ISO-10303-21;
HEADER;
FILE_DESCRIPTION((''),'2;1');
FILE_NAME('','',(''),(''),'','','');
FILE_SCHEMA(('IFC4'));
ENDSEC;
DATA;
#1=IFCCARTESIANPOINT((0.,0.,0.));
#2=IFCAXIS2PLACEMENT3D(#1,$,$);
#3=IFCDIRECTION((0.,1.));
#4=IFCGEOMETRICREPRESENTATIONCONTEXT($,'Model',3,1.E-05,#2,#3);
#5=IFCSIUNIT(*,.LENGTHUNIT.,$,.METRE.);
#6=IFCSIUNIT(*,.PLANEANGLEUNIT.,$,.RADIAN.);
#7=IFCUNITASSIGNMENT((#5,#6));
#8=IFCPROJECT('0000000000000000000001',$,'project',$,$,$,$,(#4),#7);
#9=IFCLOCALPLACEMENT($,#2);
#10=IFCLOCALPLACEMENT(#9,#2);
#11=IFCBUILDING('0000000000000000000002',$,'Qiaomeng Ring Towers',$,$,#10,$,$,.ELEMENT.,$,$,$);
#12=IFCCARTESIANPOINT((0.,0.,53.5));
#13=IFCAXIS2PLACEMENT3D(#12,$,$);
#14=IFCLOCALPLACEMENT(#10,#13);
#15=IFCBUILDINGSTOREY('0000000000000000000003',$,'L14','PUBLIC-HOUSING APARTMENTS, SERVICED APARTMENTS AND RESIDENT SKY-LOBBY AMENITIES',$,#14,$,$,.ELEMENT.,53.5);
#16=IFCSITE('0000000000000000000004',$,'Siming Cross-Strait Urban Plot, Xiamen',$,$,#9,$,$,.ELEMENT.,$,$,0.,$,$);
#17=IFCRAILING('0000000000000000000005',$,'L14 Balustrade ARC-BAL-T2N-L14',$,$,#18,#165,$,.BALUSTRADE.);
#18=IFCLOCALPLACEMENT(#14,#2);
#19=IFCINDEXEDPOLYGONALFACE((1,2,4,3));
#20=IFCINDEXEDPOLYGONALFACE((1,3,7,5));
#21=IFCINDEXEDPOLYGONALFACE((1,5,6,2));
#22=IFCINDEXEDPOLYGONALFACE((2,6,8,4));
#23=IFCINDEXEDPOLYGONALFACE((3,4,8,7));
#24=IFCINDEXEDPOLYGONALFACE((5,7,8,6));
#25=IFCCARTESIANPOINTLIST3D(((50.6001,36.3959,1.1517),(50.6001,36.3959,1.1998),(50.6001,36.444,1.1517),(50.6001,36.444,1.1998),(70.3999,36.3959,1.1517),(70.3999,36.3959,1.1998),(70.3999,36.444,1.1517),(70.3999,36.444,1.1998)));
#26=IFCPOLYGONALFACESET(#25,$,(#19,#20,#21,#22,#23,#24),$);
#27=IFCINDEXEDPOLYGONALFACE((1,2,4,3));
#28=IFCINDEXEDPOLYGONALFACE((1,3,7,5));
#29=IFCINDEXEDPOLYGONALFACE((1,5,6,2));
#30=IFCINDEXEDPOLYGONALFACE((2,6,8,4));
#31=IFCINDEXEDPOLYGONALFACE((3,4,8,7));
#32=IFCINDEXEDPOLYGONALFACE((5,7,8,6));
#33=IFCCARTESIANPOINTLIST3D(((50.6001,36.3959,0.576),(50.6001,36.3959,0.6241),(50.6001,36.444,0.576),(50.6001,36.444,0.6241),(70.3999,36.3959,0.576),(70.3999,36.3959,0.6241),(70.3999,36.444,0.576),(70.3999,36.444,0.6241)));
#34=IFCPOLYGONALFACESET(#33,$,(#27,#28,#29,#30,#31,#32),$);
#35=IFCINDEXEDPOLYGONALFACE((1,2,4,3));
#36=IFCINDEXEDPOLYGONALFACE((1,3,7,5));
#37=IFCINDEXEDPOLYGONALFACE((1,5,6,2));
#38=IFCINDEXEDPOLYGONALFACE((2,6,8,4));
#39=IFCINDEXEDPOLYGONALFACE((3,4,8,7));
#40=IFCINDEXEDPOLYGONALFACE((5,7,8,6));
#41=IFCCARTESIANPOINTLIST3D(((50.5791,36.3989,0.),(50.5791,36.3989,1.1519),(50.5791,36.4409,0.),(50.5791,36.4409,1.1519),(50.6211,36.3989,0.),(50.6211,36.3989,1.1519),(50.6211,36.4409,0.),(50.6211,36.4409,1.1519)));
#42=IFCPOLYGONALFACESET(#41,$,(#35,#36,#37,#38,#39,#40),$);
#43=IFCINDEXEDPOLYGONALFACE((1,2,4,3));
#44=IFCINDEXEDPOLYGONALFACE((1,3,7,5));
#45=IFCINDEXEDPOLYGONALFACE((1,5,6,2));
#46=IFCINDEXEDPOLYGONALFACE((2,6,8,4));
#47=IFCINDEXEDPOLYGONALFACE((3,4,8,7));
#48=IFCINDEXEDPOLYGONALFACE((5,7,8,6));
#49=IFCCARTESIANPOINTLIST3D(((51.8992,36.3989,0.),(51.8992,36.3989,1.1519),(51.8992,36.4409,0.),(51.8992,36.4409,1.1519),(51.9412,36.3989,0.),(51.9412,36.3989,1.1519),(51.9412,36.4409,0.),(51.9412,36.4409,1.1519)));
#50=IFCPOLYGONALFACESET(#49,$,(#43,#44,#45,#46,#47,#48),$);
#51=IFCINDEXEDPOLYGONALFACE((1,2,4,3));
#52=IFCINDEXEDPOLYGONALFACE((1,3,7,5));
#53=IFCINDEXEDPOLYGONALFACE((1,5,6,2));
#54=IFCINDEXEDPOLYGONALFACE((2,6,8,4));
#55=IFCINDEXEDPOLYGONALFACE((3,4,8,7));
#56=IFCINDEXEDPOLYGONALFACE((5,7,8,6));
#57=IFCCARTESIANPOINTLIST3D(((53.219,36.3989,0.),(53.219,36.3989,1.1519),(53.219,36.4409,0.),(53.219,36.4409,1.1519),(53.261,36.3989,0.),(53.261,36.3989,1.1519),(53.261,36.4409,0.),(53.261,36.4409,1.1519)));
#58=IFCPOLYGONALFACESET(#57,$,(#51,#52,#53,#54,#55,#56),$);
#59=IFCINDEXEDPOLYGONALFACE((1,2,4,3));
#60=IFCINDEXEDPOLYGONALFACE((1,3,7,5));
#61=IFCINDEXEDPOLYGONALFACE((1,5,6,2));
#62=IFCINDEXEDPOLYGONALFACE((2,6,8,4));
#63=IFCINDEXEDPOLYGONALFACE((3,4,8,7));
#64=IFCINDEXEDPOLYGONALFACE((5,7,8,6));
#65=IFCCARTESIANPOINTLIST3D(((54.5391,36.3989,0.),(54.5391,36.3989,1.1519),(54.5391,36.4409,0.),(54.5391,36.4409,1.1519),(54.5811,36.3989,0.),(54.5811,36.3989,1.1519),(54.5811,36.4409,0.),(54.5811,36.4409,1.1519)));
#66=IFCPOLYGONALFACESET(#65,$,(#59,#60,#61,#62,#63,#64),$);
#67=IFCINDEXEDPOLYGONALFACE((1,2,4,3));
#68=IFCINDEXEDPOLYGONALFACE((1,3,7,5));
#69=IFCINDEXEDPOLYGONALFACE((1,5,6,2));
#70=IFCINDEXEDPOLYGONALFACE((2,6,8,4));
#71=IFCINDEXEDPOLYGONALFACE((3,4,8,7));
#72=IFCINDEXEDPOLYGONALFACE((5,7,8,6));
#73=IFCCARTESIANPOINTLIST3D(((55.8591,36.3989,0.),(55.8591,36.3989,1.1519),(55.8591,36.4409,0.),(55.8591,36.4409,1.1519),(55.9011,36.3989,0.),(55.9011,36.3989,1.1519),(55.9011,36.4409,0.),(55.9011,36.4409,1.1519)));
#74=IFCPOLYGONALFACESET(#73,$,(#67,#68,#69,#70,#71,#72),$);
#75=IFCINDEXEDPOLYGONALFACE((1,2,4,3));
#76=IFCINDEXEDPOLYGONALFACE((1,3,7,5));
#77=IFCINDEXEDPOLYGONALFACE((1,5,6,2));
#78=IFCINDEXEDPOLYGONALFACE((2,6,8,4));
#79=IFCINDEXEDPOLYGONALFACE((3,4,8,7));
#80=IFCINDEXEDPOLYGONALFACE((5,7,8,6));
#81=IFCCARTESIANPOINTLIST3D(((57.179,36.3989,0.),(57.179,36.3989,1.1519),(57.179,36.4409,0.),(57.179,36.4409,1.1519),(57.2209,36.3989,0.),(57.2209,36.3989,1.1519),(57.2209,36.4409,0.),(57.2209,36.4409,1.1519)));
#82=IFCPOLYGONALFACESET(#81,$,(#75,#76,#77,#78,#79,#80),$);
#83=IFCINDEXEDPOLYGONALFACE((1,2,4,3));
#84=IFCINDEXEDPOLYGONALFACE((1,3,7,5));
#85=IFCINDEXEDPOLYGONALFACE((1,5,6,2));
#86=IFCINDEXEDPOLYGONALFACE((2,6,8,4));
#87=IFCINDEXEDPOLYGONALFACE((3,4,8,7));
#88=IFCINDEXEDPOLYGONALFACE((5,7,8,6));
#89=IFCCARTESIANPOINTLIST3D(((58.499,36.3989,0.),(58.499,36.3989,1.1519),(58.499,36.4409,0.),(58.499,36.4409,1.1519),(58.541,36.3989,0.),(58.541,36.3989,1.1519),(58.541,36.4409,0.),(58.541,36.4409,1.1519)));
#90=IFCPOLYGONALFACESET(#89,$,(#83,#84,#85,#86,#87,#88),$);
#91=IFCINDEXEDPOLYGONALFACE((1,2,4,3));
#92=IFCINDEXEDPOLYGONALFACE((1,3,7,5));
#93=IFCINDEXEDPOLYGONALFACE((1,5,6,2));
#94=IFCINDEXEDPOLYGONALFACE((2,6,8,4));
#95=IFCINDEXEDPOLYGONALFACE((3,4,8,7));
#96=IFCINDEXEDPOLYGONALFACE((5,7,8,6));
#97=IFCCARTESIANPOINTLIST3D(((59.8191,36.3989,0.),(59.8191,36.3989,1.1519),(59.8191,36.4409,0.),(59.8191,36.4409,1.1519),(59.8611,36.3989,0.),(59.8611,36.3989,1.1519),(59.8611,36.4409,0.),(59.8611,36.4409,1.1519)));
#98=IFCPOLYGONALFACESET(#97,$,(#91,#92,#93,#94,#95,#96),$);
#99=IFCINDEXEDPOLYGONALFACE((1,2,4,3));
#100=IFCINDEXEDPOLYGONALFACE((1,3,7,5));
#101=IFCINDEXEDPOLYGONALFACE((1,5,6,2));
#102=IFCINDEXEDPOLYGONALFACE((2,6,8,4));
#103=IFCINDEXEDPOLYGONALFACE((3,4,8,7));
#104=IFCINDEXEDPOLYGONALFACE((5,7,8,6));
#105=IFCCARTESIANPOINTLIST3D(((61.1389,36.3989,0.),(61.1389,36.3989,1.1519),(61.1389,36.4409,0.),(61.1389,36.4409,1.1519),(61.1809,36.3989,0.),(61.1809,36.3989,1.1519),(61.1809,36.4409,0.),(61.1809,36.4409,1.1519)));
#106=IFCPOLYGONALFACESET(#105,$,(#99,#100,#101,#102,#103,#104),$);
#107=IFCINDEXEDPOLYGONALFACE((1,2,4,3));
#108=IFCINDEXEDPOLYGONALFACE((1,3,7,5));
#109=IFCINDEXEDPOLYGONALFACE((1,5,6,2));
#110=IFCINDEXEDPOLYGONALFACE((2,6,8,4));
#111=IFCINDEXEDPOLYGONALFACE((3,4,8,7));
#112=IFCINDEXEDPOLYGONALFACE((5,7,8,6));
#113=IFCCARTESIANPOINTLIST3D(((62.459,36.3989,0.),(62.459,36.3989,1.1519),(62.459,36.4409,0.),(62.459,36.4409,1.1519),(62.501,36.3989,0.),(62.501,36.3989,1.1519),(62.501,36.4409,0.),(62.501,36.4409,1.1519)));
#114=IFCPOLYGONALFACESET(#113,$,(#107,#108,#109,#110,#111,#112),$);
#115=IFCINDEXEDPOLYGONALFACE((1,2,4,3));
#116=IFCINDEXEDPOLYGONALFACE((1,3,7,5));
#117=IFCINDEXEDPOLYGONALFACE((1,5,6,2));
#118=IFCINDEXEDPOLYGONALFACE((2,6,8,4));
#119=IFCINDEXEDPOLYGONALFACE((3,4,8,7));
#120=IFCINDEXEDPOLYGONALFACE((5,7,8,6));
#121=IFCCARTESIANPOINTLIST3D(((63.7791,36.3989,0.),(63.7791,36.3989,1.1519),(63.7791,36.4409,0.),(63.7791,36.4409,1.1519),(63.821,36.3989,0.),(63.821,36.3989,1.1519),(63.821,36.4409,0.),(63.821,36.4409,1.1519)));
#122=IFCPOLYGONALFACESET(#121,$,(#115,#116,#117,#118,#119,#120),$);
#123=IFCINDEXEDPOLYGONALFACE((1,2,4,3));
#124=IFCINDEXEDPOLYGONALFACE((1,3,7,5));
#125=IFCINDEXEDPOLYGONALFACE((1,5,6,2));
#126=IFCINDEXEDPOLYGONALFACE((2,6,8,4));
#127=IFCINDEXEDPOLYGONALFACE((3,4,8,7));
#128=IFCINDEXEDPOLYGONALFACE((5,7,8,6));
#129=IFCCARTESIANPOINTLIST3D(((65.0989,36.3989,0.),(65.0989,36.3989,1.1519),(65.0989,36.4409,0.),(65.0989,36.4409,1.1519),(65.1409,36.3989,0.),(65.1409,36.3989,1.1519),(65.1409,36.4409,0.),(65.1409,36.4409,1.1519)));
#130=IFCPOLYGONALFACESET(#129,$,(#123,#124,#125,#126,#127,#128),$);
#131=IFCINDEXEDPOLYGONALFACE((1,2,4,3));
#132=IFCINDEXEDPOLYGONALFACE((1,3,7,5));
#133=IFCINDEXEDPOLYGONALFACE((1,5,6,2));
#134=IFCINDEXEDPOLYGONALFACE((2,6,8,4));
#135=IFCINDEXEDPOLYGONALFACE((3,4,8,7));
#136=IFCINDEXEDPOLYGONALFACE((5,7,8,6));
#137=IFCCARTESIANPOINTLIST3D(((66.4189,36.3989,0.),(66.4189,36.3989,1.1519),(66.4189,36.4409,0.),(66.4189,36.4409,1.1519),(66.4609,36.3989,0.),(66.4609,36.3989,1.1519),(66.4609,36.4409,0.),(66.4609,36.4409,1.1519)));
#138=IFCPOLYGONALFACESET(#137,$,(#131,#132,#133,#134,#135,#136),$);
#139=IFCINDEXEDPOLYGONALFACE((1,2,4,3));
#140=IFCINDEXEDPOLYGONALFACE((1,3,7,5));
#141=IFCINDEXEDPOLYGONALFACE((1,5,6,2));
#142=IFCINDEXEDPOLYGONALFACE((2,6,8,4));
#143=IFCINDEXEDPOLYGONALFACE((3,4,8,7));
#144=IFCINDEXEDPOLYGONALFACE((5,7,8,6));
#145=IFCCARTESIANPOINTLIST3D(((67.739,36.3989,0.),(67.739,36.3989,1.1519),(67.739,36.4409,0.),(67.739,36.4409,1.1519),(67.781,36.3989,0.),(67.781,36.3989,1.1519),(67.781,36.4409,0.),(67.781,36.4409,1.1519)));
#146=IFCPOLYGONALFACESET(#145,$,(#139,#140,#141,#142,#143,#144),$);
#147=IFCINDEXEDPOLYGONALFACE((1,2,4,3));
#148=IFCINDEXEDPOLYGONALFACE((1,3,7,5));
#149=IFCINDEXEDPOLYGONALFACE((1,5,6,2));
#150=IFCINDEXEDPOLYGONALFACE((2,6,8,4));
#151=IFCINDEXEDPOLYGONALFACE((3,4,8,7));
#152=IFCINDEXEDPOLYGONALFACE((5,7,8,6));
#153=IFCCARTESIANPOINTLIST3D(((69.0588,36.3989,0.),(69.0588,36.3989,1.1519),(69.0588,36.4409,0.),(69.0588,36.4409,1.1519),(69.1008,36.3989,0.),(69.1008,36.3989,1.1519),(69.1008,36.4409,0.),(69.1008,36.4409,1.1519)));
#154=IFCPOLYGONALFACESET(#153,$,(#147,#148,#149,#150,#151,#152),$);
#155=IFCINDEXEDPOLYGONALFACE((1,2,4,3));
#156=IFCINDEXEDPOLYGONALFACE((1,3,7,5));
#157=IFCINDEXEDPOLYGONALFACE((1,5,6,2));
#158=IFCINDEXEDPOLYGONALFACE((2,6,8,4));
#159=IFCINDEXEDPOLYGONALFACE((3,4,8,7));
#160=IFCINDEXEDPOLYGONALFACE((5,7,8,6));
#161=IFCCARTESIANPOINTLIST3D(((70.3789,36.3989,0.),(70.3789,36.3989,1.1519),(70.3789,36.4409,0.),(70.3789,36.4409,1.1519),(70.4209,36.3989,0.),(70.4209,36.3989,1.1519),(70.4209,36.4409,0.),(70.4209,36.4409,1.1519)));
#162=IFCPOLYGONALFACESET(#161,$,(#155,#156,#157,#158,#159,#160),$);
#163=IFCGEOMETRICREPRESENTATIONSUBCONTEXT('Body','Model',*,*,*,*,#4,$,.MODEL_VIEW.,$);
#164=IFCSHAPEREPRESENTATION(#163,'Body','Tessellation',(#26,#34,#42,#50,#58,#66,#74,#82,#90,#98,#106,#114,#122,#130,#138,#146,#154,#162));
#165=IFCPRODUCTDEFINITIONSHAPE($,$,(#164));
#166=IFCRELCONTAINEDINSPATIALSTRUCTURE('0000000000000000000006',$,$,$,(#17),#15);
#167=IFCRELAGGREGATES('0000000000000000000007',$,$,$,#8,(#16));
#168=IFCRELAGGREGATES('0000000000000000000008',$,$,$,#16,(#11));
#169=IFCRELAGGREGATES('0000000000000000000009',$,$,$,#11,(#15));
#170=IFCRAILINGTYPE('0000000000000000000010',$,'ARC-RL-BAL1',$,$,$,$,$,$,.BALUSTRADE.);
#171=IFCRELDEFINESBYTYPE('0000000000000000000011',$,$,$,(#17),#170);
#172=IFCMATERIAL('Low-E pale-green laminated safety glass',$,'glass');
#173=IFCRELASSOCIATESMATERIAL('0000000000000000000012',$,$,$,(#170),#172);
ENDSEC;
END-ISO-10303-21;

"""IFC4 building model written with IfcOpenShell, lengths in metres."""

from ifc_helpers import new_model, si_unit, direction, frame, origin, origin_2d, place, context, subcontext, project, spatial, rectangle, extrude, material, type_object, element, save


model = new_model("IFC4")

# Units and contexts
model_context = context("Model", 3, precision=1e-05, world=origin(), true_north=direction((0.0, 1.0)))
body_context = subcontext(model_context, "Body", "Model", "MODEL_VIEW")
ifc_project = project(units=[si_unit("LENGTHUNIT", "METRE"), si_unit("PLANEANGLEUNIT", "RADIAN")], contexts=[model_context])

# Site, building, storey
site_placement = place(None, origin())
site = spatial("IfcSite", under=ifc_project, at=site_placement, Name="Siming Cross-Strait Urban Plot, Xiamen", CompositionType="ELEMENT", RefElevation=0.0)
building_placement = place(site_placement, origin())
building = spatial("IfcBuilding", under=site, at=building_placement, Name="Qiaomeng Ring Towers", CompositionType="ELEMENT")
storey_placement = place(building_placement, frame((0.0, 0.0, 53.5)))
storey = spatial("IfcBuildingStorey", under=building, at=storey_placement, Name="L14", Description="PUBLIC-HOUSING APARTMENTS, SERVICED APARTMENTS AND RESIDENT SKY-LOBBY AMENITIES", CompositionType="ELEMENT", Elevation=53.5)

# Railing
ifc_material_1 = material(Name="Low-E pale-green laminated safety glass", Category="glass")
railing_type = type_object("IfcRailingType", Name="ARC-RL-BAL1", PredefinedType="BALUSTRADE", material=ifc_material_1)
railing_1_placement = place(storey_placement, frame((50.6001, 36.4199, 0.0)))
element("IfcRailing", 1, at=railing_1_placement, inside=storey, type_object=railing_type, Name="L14 Balustrade ARC-BAL-T2N-L14", PredefinedType="BALUSTRADE", context=body_context, shape_type="SweptSolid", body=[
    extrude(rectangle(XDim=0.0481, YDim=0.0481, at=origin_2d()), frame((0.0, 0.0, 1.1758), z_axis=(1.0, 0.0, 0.0), x_axis=(0.0, 1.0, 0.0)), (0.0, 0.0, 1.0), 19.7998),
    extrude(rectangle(XDim=0.0481, YDim=0.0481, at=origin_2d()), frame((0.0, 0.0, 0.6001), z_axis=(1.0, 0.0, 0.0), x_axis=(0.0, 1.0, 0.0)), (0.0, 0.0, 1.0), 19.7998),
    extrude(rectangle(XDim=0.042, YDim=0.042, at=origin_2d()), origin(), (0.0, 0.0, 1.0), 1.1519),
    extrude(rectangle(XDim=0.042, YDim=0.042, at=origin_2d()), frame((1.3201, 0.0, 0.0)), (0.0, 0.0, 1.0), 1.1519),
    extrude(rectangle(XDim=0.042, YDim=0.042, at=origin_2d()), frame((2.6399, 0.0, 0.0)), (0.0, 0.0, 1.0), 1.1519),
    extrude(rectangle(XDim=0.042, YDim=0.042, at=origin_2d()), frame((3.96, 0.0, 0.0)), (0.0, 0.0, 1.0), 1.1519),
    extrude(rectangle(XDim=0.042, YDim=0.042, at=origin_2d()), frame((5.28, 0.0, 0.0)), (0.0, 0.0, 1.0), 1.1519),
    extrude(rectangle(XDim=0.042, YDim=0.042, at=origin_2d()), frame((6.5999, 0.0, 0.0)), (0.0, 0.0, 1.0), 1.1519),
    extrude(rectangle(XDim=0.042, YDim=0.042, at=origin_2d()), frame((7.9199, 0.0, 0.0)), (0.0, 0.0, 1.0), 1.1519),
    extrude(rectangle(XDim=0.042, YDim=0.042, at=origin_2d()), frame((9.24, 0.0, 0.0)), (0.0, 0.0, 1.0), 1.1519),
    extrude(rectangle(XDim=0.042, YDim=0.042, at=origin_2d()), frame((10.5598, 0.0, 0.0)), (0.0, 0.0, 1.0), 1.1519),
    extrude(rectangle(XDim=0.042, YDim=0.042, at=origin_2d()), frame((11.8799, 0.0, 0.0)), (0.0, 0.0, 1.0), 1.1519),
    extrude(rectangle(XDim=0.042, YDim=0.042, at=origin_2d()), frame((13.2, 0.0, 0.0)), (0.0, 0.0, 1.0), 1.1519),
    extrude(rectangle(XDim=0.042, YDim=0.042, at=origin_2d()), frame((14.5198, 0.0, 0.0)), (0.0, 0.0, 1.0), 1.1519),
    extrude(rectangle(XDim=0.042, YDim=0.042, at=origin_2d()), frame((15.8398, 0.0, 0.0)), (0.0, 0.0, 1.0), 1.1519),
    extrude(rectangle(XDim=0.042, YDim=0.042, at=origin_2d()), frame((17.1599, 0.0, 0.0)), (0.0, 0.0, 1.0), 1.1519),
    extrude(rectangle(XDim=0.042, YDim=0.042, at=origin_2d()), frame((18.4797, 0.0, 0.0)), (0.0, 0.0, 1.0), 1.1519),
    extrude(rectangle(XDim=0.042, YDim=0.042, at=origin_2d()), frame((19.7998, 0.0, 0.0)), (0.0, 0.0, 1.0), 1.1519),
])

save(model, "model.ifc")
